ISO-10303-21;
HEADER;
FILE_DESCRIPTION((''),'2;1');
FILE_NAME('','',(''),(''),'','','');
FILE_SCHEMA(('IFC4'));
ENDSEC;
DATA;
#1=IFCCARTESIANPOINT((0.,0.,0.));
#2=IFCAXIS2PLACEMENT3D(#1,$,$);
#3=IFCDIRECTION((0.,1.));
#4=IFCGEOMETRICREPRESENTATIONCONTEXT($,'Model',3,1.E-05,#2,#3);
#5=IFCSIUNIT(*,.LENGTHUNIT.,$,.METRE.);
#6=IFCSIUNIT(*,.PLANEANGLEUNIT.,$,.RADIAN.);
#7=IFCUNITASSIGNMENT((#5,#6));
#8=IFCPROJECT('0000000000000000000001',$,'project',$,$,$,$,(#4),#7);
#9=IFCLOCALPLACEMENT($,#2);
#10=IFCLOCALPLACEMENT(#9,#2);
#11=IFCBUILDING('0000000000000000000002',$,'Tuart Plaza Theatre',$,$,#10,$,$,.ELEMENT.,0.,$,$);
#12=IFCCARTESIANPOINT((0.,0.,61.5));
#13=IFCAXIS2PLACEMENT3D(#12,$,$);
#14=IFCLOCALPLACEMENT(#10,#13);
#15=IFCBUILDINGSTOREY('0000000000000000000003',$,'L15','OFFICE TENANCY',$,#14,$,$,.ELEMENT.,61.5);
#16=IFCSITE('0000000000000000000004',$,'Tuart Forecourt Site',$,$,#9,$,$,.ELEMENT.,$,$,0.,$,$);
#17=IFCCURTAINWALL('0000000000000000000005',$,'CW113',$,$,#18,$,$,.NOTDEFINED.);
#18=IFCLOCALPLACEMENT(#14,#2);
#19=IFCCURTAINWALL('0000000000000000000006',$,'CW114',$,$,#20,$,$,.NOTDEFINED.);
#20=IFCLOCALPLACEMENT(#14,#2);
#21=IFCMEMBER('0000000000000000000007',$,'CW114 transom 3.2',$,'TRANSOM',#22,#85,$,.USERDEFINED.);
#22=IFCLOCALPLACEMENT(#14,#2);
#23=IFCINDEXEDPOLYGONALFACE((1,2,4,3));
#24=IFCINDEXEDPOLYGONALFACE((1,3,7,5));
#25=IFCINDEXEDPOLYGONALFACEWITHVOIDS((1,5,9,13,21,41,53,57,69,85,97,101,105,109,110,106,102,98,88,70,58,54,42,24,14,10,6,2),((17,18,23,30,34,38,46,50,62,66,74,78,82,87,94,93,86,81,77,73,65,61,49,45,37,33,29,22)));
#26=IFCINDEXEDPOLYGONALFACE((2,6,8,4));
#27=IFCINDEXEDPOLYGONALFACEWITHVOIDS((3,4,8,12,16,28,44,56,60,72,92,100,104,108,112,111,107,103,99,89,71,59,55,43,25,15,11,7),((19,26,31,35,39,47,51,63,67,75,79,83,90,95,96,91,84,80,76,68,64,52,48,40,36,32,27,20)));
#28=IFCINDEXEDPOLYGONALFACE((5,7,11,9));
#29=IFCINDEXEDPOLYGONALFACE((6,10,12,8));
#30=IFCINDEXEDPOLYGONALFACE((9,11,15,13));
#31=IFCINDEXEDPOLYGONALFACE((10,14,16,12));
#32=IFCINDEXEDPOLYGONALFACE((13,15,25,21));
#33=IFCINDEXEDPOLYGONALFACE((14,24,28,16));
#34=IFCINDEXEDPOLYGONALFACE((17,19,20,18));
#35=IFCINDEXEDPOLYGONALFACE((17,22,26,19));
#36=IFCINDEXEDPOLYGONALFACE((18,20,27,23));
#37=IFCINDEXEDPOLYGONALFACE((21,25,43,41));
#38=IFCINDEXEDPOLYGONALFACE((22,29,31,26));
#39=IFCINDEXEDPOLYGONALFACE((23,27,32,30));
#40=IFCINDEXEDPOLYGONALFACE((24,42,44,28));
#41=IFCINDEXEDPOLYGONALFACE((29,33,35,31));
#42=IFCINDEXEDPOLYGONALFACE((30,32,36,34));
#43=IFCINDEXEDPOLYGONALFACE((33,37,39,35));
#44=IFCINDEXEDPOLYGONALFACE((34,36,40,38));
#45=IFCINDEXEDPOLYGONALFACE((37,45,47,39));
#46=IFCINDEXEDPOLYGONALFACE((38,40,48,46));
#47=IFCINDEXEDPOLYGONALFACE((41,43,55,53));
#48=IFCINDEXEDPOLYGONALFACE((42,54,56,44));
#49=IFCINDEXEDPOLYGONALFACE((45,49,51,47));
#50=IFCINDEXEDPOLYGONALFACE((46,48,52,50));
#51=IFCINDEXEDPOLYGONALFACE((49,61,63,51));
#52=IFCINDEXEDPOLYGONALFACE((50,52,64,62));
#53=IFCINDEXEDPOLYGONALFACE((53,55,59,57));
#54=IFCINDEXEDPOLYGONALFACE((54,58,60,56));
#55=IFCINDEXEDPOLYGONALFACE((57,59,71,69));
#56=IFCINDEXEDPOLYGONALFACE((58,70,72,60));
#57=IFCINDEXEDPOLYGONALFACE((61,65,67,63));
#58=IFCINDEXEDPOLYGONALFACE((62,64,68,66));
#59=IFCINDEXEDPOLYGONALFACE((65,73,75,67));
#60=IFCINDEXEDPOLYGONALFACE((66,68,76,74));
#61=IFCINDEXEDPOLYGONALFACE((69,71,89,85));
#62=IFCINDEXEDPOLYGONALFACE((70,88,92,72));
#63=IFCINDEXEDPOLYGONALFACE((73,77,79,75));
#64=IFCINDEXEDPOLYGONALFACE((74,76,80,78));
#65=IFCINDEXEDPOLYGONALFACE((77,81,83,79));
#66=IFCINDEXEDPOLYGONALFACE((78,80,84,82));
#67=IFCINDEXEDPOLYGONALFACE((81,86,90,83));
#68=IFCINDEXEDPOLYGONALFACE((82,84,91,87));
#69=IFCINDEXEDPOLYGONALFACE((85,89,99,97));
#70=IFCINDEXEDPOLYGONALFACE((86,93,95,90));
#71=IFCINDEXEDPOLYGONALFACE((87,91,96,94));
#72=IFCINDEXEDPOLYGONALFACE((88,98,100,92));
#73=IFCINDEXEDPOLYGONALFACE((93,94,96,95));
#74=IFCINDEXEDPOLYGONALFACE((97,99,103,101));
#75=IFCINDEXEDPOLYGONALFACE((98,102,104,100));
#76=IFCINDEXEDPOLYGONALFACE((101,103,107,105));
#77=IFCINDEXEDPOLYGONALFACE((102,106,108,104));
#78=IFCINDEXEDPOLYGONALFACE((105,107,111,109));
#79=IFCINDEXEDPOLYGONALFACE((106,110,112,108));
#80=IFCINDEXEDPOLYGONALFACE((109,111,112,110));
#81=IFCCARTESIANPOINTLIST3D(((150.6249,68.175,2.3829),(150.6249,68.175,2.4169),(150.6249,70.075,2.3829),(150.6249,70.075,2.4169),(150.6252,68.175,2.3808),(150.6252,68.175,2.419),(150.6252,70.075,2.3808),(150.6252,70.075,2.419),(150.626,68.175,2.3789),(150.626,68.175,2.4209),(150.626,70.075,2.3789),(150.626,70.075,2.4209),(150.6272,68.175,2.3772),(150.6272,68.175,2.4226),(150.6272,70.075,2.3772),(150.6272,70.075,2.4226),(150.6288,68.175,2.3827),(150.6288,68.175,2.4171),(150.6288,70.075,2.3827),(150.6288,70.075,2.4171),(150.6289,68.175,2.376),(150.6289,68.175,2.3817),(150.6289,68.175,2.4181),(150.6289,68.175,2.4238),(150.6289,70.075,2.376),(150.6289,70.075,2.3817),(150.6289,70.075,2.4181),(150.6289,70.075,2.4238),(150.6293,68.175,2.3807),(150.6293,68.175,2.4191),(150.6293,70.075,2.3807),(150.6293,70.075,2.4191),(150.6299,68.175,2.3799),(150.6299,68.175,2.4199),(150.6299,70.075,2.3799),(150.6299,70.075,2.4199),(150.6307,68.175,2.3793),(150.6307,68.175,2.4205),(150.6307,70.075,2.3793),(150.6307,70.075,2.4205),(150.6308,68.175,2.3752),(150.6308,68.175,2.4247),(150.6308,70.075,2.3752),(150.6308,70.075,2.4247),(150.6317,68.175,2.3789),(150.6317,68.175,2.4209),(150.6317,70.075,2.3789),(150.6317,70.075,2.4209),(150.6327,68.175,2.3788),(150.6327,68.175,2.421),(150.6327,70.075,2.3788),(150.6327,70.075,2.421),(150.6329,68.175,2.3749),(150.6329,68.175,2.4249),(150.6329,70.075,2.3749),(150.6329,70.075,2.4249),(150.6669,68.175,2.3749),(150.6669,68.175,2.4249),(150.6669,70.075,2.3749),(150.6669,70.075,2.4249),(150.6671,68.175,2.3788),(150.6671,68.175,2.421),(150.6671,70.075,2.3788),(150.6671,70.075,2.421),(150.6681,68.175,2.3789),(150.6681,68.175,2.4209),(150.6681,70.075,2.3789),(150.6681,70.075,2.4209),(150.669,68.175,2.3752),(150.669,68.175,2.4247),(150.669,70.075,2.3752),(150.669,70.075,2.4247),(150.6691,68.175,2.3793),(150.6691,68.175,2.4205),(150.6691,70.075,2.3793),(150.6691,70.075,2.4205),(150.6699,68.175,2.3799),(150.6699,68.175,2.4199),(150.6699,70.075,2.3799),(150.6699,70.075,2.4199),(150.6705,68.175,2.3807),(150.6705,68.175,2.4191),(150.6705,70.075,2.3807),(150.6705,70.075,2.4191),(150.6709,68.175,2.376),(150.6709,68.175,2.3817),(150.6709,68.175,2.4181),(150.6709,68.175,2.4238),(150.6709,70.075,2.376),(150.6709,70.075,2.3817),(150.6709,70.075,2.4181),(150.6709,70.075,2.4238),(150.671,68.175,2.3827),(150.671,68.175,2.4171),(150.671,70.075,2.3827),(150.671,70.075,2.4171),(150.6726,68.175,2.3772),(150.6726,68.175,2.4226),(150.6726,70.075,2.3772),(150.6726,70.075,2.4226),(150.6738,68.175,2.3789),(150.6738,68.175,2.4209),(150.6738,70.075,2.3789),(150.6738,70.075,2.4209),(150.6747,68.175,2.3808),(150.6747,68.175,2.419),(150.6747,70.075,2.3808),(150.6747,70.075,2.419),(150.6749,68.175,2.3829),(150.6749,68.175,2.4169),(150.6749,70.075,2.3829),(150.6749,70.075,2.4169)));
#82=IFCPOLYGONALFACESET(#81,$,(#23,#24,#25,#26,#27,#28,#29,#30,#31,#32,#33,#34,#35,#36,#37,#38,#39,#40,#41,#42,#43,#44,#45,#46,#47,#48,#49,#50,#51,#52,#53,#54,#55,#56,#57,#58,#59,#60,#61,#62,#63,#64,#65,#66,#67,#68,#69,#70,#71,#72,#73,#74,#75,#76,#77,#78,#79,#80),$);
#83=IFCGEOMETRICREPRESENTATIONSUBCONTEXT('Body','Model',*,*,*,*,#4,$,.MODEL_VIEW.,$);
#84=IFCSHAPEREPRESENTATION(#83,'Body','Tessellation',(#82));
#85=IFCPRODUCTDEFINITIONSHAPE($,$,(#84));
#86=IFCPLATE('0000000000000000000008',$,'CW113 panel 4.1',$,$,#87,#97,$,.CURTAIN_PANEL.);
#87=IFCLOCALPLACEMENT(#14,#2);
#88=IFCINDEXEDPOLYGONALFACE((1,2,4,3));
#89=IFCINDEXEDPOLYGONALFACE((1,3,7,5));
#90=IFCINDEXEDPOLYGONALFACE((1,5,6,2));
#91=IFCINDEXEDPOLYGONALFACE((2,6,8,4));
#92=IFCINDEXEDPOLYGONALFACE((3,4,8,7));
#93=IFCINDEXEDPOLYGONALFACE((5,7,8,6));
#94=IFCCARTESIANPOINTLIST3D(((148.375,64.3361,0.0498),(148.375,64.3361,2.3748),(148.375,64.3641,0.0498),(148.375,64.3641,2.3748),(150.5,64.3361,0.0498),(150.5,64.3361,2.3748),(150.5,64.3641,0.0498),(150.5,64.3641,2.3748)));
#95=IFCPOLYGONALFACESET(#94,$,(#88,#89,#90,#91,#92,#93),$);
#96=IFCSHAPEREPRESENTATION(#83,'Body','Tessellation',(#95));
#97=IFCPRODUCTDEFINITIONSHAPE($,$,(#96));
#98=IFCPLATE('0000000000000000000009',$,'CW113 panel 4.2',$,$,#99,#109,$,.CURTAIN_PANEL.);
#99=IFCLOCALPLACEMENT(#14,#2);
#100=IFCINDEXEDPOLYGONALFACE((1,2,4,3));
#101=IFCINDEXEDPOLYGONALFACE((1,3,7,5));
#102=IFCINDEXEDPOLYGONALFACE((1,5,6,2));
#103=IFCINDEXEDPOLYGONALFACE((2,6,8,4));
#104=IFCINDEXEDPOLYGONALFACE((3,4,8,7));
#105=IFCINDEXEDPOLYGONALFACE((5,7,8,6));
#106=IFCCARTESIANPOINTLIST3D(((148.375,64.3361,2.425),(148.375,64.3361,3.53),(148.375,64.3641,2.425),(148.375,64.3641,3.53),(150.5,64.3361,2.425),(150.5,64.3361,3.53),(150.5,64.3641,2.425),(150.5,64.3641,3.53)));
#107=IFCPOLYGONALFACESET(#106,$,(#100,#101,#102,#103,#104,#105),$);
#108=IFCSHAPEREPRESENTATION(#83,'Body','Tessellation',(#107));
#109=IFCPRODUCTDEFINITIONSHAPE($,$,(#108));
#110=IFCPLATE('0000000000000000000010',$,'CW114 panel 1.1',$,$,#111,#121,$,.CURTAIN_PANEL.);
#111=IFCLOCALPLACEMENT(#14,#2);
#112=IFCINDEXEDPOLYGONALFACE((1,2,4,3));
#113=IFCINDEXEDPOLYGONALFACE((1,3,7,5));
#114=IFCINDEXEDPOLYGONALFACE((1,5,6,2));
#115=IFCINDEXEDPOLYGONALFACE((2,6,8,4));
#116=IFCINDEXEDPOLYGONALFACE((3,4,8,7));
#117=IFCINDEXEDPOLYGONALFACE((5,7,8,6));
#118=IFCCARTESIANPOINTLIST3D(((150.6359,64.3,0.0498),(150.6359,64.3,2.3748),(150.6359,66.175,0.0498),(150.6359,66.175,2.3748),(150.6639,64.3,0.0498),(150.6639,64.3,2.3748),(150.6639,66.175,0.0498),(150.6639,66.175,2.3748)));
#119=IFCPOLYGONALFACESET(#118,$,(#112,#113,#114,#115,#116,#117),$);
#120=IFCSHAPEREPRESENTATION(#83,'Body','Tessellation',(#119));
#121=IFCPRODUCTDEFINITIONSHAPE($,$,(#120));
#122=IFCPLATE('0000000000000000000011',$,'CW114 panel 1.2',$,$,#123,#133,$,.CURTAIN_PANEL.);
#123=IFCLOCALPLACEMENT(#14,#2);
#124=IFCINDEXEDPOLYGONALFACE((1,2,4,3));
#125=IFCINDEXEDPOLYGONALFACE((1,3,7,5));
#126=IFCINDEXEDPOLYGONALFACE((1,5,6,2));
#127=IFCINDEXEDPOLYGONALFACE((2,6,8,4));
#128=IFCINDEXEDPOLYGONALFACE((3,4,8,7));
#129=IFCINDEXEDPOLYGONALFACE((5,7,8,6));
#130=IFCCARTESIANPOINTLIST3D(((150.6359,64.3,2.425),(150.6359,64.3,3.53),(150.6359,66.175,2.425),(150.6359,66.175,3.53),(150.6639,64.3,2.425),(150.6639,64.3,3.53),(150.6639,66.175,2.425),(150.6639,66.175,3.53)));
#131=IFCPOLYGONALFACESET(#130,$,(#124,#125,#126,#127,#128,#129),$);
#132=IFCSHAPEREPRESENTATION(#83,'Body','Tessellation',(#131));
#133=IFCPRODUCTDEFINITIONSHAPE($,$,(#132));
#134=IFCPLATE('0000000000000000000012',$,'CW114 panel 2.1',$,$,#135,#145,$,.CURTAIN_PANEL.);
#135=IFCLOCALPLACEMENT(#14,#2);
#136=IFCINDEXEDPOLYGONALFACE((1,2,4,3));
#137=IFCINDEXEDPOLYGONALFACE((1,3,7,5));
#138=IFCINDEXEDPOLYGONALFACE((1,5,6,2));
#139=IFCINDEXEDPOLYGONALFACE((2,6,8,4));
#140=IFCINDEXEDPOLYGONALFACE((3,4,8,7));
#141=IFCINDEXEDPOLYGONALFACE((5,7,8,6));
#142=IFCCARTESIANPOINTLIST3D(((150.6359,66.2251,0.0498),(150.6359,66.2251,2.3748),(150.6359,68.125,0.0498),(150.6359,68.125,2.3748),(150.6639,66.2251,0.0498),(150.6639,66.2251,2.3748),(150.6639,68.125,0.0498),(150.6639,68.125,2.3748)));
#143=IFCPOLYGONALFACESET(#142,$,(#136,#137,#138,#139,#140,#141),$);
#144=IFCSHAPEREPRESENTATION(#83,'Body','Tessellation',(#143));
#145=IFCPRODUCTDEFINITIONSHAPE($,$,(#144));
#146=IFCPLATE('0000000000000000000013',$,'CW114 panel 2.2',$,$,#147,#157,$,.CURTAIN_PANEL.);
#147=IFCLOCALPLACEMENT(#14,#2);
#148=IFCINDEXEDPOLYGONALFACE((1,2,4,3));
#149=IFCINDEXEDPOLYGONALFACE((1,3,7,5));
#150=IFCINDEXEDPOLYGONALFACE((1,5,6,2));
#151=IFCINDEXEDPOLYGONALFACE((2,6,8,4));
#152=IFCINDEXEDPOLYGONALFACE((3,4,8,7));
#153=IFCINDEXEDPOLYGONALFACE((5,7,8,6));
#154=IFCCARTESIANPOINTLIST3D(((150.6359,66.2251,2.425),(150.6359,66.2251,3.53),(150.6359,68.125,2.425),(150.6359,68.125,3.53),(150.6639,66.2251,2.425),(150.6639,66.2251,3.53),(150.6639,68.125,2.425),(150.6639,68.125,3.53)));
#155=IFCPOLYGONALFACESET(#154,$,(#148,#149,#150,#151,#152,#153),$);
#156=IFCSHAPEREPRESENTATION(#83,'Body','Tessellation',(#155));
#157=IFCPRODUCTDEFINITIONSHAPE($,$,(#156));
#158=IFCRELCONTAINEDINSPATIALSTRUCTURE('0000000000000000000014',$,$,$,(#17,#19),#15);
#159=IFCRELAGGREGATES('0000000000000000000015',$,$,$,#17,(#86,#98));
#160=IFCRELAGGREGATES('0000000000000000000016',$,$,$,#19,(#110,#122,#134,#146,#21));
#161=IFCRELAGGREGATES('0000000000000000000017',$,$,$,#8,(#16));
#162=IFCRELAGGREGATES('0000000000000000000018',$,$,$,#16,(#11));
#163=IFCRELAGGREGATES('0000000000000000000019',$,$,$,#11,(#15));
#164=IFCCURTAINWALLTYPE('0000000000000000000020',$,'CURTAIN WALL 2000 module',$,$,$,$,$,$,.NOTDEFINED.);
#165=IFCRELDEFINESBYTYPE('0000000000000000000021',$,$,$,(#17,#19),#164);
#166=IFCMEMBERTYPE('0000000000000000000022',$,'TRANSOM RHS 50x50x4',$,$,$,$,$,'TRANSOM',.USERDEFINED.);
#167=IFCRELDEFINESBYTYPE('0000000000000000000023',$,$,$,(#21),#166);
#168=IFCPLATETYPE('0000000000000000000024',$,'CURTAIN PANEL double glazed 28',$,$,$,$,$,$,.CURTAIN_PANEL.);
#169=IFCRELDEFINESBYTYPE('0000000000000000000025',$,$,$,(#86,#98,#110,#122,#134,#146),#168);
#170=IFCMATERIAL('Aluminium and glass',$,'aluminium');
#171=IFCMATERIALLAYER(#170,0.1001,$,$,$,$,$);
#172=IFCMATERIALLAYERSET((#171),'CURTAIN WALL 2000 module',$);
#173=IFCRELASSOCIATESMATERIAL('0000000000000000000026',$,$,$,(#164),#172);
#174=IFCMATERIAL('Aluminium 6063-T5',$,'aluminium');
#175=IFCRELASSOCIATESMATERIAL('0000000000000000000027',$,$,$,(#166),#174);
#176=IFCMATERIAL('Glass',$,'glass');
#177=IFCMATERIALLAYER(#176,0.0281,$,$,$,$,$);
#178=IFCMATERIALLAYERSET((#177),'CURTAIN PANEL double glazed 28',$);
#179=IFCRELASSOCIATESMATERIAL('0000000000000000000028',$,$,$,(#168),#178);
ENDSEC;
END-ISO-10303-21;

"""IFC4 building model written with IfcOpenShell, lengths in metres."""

from ifc_helpers import new_model, si_unit, direction, frame, origin, origin_2d, place, context, subcontext, project, spatial, rectangle, hollow_rectangle, extrude, material, layer, layer_set, material_profile, profile_set, type_object, element, aggregate, save


model = new_model("IFC4")

# Units and contexts
model_context = context("Model", 3, precision=1e-05, world=origin(), true_north=direction((0.0, 1.0)))
body_context = subcontext(model_context, "Body", "Model", "MODEL_VIEW")
ifc_project = project(units=[si_unit("LENGTHUNIT", "METRE"), si_unit("PLANEANGLEUNIT", "RADIAN")], contexts=[model_context])

# Site, building, storey
site_placement = place(None, origin())
site = spatial("IfcSite", under=ifc_project, at=site_placement, Name="Tuart Forecourt Site", CompositionType="ELEMENT", RefElevation=0.0)
building_placement = place(site_placement, origin())
building = spatial("IfcBuilding", under=site, at=building_placement, Name="Tuart Plaza Theatre", CompositionType="ELEMENT", ElevationOfRefHeight=0.0)
storey_placement = place(building_placement, frame((0.0, 0.0, 61.5)))
storey = spatial("IfcBuildingStorey", under=building, at=storey_placement, Name="L15", Description="OFFICE TENANCY", CompositionType="ELEMENT", Elevation=61.5)

# Curtain wall
ifc_material_1 = material(Name="Aluminium and glass", Category="aluminium")
ifc_layer_1 = layer(ifc_material_1, 0.1001)
ifc_layer_set_1 = layer_set([ifc_layer_1], Name="CURTAIN WALL 2000 module")
curtain_wall_type = type_object("IfcCurtainWallType", Name="CURTAIN WALL 2000 module", PredefinedType="NOTDEFINED", material=ifc_layer_set_1)
curtain_wall_1_placement = place(storey_placement, origin())
curtain_wall_1 = element("IfcCurtainWall", 1, at=curtain_wall_1_placement, inside=storey, type_object=curtain_wall_type, Name="CW113", PredefinedType="NOTDEFINED")

# Curtain wall
curtain_wall_2_placement = place(storey_placement, origin())
curtain_wall_2 = element("IfcCurtainWall", 2, at=curtain_wall_2_placement, inside=storey, type_object=curtain_wall_type, Name="CW114", PredefinedType="NOTDEFINED")

# Member
ifc_material_2 = material(Name="Aluminium 6063-T5", Category="aluminium")
ifc_material_profile_1 = material_profile(ifc_material_2, hollow_rectangle(XDim=0.05, YDim=0.05, WallThickness=0.0039, InnerFilletRadius=0.0039, OuterFilletRadius=0.0081, at=origin_2d()), Name="RHS 50x50x4")
ifc_profile_set_1 = profile_set([ifc_material_profile_1], Name="Aluminium 6063-T5")
member_type_1 = type_object("IfcMemberType", Name="TRANSOM RHS 50x50x4", ElementType="TRANSOM", PredefinedType="USERDEFINED", material=ifc_profile_set_1)
member_1_placement = place(storey_placement, frame((150.6499, 68.175, 2.3999), z_axis=(0.0, 1.0, 0.0), x_axis=(-1.0, 0.0, 0.0)))
member_1 = element("IfcMember", 3, at=member_1_placement, type_object=member_type_1, Name="CW114 transom 3.2", ObjectType="TRANSOM", PredefinedType="USERDEFINED", context=body_context, shape_type="SweptSolid", body=[
    extrude(hollow_rectangle(XDim=0.05, YDim=0.05, WallThickness=0.0039, InnerFilletRadius=0.0039, OuterFilletRadius=0.0081, at=origin_2d()), origin(), (0.0, 0.0, 1.0), 1.8999),
])

# Plates
ifc_material_3 = material(Name="Glass", Category="glass")
ifc_layer_2 = layer(ifc_material_3, 0.0281)
ifc_layer_set_2 = layer_set([ifc_layer_2], Name="CURTAIN PANEL double glazed 28")
plate_type = type_object("IfcPlateType", Name="CURTAIN PANEL double glazed 28", PredefinedType="CURTAIN_PANEL", material=ifc_layer_set_2)
plate_1_placement = place(storey_placement, frame((149.4375, 64.3501, 0.0498), z_axis=(0.0, 0.0, 1.0), x_axis=(1.0, 0.0, 0.0)))
plate_1 = element("IfcPlate", 4, at=plate_1_placement, type_object=plate_type, Name="CW113 panel 4.1", PredefinedType="CURTAIN_PANEL", context=body_context, shape_type="SweptSolid", body=[
    extrude(rectangle(XDim=2.125, YDim=0.0281, at=origin_2d()), origin(), (0.0, 0.0, 1.0), 2.325),
])
plate_2_placement = place(storey_placement, frame((149.4375, 64.3501, 2.425), z_axis=(0.0, 0.0, 1.0), x_axis=(1.0, 0.0, 0.0)))
plate_2 = element("IfcPlate", 5, at=plate_2_placement, type_object=plate_type, Name="CW113 panel 4.2", PredefinedType="CURTAIN_PANEL", context=body_context, shape_type="SweptSolid", body=[
    extrude(rectangle(XDim=2.125, YDim=0.0281, at=origin_2d()), origin(), (0.0, 0.0, 1.0), 1.105),
])
aggregate(curtain_wall_1, [plate_1, plate_2])
plate_3_placement = place(storey_placement, frame((150.6499, 65.2375, 0.0498), z_axis=(0.0, 0.0, 1.0), x_axis=(0.0, 1.0, 0.0)))
plate_3 = element("IfcPlate", 6, at=plate_3_placement, type_object=plate_type, Name="CW114 panel 1.1", PredefinedType="CURTAIN_PANEL", context=body_context, shape_type="SweptSolid", body=[
    extrude(rectangle(XDim=1.875, YDim=0.0281, at=origin_2d()), origin(), (0.0, 0.0, 1.0), 2.325),
])
plate_4_placement = place(storey_placement, frame((150.6499, 65.2375, 2.425), z_axis=(0.0, 0.0, 1.0), x_axis=(0.0, 1.0, 0.0)))
plate_4 = element("IfcPlate", 7, at=plate_4_placement, type_object=plate_type, Name="CW114 panel 1.2", PredefinedType="CURTAIN_PANEL", context=body_context, shape_type="SweptSolid", body=[
    extrude(rectangle(XDim=1.875, YDim=0.0281, at=origin_2d()), origin(), (0.0, 0.0, 1.0), 1.105),
])
plate_5_placement = place(storey_placement, frame((150.6499, 67.175, 0.0498), z_axis=(0.0, 0.0, 1.0), x_axis=(0.0, 1.0, 0.0)))
plate_5 = element("IfcPlate", 8, at=plate_5_placement, type_object=plate_type, Name="CW114 panel 2.1", PredefinedType="CURTAIN_PANEL", context=body_context, shape_type="SweptSolid", body=[
    extrude(rectangle(XDim=1.8999, YDim=0.0281, at=origin_2d()), origin(), (0.0, 0.0, 1.0), 2.325),
])
plate_6_placement = place(storey_placement, frame((150.6499, 67.175, 2.425), z_axis=(0.0, 0.0, 1.0), x_axis=(0.0, 1.0, 0.0)))
plate_6 = element("IfcPlate", 9, at=plate_6_placement, type_object=plate_type, Name="CW114 panel 2.2", PredefinedType="CURTAIN_PANEL", context=body_context, shape_type="SweptSolid", body=[
    extrude(rectangle(XDim=1.8999, YDim=0.0281, at=origin_2d()), origin(), (0.0, 0.0, 1.0), 1.105),
])
aggregate(curtain_wall_2, [plate_3, plate_4, plate_5, plate_6, member_1])

save(model, "model.ifc")
